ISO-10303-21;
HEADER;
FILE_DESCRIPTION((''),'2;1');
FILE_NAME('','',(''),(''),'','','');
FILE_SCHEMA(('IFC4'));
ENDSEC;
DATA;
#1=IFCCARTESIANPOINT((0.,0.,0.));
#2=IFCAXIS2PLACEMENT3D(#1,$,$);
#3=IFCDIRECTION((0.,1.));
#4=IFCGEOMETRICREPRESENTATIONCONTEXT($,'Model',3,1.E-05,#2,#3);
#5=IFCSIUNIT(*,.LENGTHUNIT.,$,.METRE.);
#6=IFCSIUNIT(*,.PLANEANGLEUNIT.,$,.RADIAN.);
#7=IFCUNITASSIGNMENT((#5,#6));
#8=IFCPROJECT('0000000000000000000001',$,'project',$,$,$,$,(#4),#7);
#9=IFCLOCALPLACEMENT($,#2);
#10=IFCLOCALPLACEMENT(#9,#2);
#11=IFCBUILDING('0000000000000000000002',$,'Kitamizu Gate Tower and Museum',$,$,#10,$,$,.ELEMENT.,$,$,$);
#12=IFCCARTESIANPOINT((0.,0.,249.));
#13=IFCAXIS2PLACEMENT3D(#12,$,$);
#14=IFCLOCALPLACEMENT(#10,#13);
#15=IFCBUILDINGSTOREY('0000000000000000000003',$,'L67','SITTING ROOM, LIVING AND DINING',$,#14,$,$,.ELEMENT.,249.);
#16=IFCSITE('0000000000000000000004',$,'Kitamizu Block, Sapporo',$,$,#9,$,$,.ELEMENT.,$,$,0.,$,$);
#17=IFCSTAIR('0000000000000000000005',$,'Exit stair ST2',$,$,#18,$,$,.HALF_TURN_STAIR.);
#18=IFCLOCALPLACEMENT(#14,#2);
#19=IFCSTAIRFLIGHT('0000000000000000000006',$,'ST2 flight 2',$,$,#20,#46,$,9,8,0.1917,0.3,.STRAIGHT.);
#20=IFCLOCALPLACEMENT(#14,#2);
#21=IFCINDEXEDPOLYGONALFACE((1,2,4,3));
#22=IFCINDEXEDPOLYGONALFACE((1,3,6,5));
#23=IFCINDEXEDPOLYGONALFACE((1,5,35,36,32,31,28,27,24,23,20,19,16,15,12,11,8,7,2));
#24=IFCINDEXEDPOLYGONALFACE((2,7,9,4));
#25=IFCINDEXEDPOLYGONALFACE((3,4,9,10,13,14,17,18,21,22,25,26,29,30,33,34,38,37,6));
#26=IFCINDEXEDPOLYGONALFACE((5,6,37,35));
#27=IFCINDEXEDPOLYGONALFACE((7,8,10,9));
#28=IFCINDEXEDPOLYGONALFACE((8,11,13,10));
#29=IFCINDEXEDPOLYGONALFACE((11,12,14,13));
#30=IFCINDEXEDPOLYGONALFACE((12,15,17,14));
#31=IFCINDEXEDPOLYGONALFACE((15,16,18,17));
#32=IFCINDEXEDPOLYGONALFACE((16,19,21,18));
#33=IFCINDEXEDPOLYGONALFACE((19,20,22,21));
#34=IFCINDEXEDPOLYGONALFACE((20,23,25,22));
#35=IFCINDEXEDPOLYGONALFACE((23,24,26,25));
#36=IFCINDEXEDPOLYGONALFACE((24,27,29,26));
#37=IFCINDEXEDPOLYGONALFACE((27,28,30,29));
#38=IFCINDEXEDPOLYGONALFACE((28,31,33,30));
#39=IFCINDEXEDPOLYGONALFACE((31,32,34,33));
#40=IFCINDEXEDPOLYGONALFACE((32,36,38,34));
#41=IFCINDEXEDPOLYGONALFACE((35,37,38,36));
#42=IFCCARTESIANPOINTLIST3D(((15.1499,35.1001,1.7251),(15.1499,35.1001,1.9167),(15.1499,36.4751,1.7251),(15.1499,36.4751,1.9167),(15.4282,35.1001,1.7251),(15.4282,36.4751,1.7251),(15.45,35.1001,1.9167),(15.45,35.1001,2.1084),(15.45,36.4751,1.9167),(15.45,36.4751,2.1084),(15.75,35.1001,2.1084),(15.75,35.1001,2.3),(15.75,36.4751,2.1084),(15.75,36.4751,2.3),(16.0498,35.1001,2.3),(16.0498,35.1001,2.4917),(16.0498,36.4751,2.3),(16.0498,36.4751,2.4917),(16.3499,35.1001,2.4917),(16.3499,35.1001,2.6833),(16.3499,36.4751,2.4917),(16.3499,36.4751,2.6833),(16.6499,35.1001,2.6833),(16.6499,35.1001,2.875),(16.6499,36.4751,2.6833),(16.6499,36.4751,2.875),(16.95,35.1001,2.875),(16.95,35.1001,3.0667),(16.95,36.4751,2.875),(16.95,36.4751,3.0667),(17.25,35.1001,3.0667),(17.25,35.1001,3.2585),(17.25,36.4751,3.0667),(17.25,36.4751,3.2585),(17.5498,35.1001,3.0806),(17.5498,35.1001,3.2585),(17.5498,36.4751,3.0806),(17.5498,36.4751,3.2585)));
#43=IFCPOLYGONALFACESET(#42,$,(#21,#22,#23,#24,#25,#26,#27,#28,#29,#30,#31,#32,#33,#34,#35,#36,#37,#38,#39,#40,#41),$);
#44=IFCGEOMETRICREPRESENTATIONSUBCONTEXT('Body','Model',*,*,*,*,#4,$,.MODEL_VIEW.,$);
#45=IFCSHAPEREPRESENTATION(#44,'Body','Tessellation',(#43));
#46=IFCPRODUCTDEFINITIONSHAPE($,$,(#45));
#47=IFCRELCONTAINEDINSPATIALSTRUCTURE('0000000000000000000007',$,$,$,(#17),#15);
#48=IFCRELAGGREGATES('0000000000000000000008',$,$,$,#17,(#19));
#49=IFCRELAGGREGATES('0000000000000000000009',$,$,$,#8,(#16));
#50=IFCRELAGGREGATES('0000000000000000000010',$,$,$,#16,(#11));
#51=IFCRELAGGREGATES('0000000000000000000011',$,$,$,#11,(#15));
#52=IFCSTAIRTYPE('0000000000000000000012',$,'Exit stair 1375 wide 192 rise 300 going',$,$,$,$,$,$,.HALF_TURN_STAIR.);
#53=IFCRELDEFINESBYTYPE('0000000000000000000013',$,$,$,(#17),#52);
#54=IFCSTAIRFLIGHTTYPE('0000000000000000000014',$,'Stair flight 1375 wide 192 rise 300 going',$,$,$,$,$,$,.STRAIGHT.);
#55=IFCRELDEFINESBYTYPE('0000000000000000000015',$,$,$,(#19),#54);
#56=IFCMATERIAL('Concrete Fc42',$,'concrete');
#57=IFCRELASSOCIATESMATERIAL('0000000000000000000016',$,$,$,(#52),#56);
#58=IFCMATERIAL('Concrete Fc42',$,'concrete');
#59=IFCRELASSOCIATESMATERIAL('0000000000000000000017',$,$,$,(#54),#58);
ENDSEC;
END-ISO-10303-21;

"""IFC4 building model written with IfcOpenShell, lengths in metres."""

from ifc_helpers import new_model, si_unit, direction, frame, origin, place, context, subcontext, project, spatial, polyline, outline, extrude, material, type_object, element, aggregate, save


model = new_model("IFC4")

# Units and contexts
model_context = context("Model", 3, precision=1e-05, world=origin(), true_north=direction((0.0, 1.0)))
body_context = subcontext(model_context, "Body", "Model", "MODEL_VIEW")
ifc_project = project(units=[si_unit("LENGTHUNIT", "METRE"), si_unit("PLANEANGLEUNIT", "RADIAN")], contexts=[model_context])

# Site, building, storey
site_placement = place(None, origin())
site = spatial("IfcSite", under=ifc_project, at=site_placement, Name="Kitamizu Block, Sapporo", CompositionType="ELEMENT", RefElevation=0.0)
building_placement = place(site_placement, origin())
building = spatial("IfcBuilding", under=site, at=building_placement, Name="Kitamizu Gate Tower and Museum", CompositionType="ELEMENT")
storey_placement = place(building_placement, frame((0.0, 0.0, 249.0)))
storey = spatial("IfcBuildingStorey", under=building, at=storey_placement, Name="L67", Description="SITTING ROOM, LIVING AND DINING", CompositionType="ELEMENT", Elevation=249.0)

# Shared definitions
ifc_material_1 = material(Name="Concrete Fc42", Category="concrete")
stair_type = type_object("IfcStairType", Name="Exit stair 1375 wide 192 rise 300 going", PredefinedType="HALF_TURN_STAIR", material=ifc_material_1)
ifc_material_2 = material(Name="Concrete Fc42", Category="concrete")
stair_flight_type = type_object("IfcStairFlightType", Name="Stair flight 1375 wide 192 rise 300 going", PredefinedType="STRAIGHT", material=ifc_material_2)

# Stair, stair flight
stair_1_placement = place(storey_placement, origin())
stair_1 = element("IfcStair", 1, at=stair_1_placement, inside=storey, type_object=stair_type, Name="Exit stair ST2", PredefinedType="HALF_TURN_STAIR")
stair_flight_1_placement = place(storey_placement, frame((15.1499, 35.7876, 1.7251), z_axis=(0.0, 0.0, 1.0), x_axis=(1.0, 0.0, 0.0)))
stair_flight_1 = element("IfcStairFlight", 2, at=stair_flight_1_placement, type_object=stair_flight_type, Name="ST2 flight 2", NumberOfRisers=9, NumberOfTreads=8, PredefinedType="STRAIGHT", RiserHeight=0.1917, TreadLength=0.3, context=body_context, shape_type="SweptSolid", body=[
    extrude(outline(polyline([(0.0, 0.0), (0.0, 0.1917), (0.3, 0.1917), (0.3, 0.3833), (0.6001, 0.3833), (0.6001, 0.575), (0.8999, 0.575), (0.8999, 0.7666), (1.2, 0.7666), (1.2, 0.9583), (1.5, 0.9583), (1.5, 1.1499), (1.8, 1.1499), (1.8, 1.3416), (2.1001, 1.3416), (2.1001, 1.5334), (2.3999, 1.5334), (2.3999, 1.7251), (2.3999, 1.3555), (0.2783, 0.0), (0.0, 0.0)])), frame((0.0, 0.6875, 0.0), z_axis=(0.0, -1.0, 0.0), x_axis=(1.0, 0.0, 0.0)), (0.0, 0.0, 1.0), 1.375),
])
aggregate(stair_1, [stair_flight_1])

save(model, "model.ifc")
